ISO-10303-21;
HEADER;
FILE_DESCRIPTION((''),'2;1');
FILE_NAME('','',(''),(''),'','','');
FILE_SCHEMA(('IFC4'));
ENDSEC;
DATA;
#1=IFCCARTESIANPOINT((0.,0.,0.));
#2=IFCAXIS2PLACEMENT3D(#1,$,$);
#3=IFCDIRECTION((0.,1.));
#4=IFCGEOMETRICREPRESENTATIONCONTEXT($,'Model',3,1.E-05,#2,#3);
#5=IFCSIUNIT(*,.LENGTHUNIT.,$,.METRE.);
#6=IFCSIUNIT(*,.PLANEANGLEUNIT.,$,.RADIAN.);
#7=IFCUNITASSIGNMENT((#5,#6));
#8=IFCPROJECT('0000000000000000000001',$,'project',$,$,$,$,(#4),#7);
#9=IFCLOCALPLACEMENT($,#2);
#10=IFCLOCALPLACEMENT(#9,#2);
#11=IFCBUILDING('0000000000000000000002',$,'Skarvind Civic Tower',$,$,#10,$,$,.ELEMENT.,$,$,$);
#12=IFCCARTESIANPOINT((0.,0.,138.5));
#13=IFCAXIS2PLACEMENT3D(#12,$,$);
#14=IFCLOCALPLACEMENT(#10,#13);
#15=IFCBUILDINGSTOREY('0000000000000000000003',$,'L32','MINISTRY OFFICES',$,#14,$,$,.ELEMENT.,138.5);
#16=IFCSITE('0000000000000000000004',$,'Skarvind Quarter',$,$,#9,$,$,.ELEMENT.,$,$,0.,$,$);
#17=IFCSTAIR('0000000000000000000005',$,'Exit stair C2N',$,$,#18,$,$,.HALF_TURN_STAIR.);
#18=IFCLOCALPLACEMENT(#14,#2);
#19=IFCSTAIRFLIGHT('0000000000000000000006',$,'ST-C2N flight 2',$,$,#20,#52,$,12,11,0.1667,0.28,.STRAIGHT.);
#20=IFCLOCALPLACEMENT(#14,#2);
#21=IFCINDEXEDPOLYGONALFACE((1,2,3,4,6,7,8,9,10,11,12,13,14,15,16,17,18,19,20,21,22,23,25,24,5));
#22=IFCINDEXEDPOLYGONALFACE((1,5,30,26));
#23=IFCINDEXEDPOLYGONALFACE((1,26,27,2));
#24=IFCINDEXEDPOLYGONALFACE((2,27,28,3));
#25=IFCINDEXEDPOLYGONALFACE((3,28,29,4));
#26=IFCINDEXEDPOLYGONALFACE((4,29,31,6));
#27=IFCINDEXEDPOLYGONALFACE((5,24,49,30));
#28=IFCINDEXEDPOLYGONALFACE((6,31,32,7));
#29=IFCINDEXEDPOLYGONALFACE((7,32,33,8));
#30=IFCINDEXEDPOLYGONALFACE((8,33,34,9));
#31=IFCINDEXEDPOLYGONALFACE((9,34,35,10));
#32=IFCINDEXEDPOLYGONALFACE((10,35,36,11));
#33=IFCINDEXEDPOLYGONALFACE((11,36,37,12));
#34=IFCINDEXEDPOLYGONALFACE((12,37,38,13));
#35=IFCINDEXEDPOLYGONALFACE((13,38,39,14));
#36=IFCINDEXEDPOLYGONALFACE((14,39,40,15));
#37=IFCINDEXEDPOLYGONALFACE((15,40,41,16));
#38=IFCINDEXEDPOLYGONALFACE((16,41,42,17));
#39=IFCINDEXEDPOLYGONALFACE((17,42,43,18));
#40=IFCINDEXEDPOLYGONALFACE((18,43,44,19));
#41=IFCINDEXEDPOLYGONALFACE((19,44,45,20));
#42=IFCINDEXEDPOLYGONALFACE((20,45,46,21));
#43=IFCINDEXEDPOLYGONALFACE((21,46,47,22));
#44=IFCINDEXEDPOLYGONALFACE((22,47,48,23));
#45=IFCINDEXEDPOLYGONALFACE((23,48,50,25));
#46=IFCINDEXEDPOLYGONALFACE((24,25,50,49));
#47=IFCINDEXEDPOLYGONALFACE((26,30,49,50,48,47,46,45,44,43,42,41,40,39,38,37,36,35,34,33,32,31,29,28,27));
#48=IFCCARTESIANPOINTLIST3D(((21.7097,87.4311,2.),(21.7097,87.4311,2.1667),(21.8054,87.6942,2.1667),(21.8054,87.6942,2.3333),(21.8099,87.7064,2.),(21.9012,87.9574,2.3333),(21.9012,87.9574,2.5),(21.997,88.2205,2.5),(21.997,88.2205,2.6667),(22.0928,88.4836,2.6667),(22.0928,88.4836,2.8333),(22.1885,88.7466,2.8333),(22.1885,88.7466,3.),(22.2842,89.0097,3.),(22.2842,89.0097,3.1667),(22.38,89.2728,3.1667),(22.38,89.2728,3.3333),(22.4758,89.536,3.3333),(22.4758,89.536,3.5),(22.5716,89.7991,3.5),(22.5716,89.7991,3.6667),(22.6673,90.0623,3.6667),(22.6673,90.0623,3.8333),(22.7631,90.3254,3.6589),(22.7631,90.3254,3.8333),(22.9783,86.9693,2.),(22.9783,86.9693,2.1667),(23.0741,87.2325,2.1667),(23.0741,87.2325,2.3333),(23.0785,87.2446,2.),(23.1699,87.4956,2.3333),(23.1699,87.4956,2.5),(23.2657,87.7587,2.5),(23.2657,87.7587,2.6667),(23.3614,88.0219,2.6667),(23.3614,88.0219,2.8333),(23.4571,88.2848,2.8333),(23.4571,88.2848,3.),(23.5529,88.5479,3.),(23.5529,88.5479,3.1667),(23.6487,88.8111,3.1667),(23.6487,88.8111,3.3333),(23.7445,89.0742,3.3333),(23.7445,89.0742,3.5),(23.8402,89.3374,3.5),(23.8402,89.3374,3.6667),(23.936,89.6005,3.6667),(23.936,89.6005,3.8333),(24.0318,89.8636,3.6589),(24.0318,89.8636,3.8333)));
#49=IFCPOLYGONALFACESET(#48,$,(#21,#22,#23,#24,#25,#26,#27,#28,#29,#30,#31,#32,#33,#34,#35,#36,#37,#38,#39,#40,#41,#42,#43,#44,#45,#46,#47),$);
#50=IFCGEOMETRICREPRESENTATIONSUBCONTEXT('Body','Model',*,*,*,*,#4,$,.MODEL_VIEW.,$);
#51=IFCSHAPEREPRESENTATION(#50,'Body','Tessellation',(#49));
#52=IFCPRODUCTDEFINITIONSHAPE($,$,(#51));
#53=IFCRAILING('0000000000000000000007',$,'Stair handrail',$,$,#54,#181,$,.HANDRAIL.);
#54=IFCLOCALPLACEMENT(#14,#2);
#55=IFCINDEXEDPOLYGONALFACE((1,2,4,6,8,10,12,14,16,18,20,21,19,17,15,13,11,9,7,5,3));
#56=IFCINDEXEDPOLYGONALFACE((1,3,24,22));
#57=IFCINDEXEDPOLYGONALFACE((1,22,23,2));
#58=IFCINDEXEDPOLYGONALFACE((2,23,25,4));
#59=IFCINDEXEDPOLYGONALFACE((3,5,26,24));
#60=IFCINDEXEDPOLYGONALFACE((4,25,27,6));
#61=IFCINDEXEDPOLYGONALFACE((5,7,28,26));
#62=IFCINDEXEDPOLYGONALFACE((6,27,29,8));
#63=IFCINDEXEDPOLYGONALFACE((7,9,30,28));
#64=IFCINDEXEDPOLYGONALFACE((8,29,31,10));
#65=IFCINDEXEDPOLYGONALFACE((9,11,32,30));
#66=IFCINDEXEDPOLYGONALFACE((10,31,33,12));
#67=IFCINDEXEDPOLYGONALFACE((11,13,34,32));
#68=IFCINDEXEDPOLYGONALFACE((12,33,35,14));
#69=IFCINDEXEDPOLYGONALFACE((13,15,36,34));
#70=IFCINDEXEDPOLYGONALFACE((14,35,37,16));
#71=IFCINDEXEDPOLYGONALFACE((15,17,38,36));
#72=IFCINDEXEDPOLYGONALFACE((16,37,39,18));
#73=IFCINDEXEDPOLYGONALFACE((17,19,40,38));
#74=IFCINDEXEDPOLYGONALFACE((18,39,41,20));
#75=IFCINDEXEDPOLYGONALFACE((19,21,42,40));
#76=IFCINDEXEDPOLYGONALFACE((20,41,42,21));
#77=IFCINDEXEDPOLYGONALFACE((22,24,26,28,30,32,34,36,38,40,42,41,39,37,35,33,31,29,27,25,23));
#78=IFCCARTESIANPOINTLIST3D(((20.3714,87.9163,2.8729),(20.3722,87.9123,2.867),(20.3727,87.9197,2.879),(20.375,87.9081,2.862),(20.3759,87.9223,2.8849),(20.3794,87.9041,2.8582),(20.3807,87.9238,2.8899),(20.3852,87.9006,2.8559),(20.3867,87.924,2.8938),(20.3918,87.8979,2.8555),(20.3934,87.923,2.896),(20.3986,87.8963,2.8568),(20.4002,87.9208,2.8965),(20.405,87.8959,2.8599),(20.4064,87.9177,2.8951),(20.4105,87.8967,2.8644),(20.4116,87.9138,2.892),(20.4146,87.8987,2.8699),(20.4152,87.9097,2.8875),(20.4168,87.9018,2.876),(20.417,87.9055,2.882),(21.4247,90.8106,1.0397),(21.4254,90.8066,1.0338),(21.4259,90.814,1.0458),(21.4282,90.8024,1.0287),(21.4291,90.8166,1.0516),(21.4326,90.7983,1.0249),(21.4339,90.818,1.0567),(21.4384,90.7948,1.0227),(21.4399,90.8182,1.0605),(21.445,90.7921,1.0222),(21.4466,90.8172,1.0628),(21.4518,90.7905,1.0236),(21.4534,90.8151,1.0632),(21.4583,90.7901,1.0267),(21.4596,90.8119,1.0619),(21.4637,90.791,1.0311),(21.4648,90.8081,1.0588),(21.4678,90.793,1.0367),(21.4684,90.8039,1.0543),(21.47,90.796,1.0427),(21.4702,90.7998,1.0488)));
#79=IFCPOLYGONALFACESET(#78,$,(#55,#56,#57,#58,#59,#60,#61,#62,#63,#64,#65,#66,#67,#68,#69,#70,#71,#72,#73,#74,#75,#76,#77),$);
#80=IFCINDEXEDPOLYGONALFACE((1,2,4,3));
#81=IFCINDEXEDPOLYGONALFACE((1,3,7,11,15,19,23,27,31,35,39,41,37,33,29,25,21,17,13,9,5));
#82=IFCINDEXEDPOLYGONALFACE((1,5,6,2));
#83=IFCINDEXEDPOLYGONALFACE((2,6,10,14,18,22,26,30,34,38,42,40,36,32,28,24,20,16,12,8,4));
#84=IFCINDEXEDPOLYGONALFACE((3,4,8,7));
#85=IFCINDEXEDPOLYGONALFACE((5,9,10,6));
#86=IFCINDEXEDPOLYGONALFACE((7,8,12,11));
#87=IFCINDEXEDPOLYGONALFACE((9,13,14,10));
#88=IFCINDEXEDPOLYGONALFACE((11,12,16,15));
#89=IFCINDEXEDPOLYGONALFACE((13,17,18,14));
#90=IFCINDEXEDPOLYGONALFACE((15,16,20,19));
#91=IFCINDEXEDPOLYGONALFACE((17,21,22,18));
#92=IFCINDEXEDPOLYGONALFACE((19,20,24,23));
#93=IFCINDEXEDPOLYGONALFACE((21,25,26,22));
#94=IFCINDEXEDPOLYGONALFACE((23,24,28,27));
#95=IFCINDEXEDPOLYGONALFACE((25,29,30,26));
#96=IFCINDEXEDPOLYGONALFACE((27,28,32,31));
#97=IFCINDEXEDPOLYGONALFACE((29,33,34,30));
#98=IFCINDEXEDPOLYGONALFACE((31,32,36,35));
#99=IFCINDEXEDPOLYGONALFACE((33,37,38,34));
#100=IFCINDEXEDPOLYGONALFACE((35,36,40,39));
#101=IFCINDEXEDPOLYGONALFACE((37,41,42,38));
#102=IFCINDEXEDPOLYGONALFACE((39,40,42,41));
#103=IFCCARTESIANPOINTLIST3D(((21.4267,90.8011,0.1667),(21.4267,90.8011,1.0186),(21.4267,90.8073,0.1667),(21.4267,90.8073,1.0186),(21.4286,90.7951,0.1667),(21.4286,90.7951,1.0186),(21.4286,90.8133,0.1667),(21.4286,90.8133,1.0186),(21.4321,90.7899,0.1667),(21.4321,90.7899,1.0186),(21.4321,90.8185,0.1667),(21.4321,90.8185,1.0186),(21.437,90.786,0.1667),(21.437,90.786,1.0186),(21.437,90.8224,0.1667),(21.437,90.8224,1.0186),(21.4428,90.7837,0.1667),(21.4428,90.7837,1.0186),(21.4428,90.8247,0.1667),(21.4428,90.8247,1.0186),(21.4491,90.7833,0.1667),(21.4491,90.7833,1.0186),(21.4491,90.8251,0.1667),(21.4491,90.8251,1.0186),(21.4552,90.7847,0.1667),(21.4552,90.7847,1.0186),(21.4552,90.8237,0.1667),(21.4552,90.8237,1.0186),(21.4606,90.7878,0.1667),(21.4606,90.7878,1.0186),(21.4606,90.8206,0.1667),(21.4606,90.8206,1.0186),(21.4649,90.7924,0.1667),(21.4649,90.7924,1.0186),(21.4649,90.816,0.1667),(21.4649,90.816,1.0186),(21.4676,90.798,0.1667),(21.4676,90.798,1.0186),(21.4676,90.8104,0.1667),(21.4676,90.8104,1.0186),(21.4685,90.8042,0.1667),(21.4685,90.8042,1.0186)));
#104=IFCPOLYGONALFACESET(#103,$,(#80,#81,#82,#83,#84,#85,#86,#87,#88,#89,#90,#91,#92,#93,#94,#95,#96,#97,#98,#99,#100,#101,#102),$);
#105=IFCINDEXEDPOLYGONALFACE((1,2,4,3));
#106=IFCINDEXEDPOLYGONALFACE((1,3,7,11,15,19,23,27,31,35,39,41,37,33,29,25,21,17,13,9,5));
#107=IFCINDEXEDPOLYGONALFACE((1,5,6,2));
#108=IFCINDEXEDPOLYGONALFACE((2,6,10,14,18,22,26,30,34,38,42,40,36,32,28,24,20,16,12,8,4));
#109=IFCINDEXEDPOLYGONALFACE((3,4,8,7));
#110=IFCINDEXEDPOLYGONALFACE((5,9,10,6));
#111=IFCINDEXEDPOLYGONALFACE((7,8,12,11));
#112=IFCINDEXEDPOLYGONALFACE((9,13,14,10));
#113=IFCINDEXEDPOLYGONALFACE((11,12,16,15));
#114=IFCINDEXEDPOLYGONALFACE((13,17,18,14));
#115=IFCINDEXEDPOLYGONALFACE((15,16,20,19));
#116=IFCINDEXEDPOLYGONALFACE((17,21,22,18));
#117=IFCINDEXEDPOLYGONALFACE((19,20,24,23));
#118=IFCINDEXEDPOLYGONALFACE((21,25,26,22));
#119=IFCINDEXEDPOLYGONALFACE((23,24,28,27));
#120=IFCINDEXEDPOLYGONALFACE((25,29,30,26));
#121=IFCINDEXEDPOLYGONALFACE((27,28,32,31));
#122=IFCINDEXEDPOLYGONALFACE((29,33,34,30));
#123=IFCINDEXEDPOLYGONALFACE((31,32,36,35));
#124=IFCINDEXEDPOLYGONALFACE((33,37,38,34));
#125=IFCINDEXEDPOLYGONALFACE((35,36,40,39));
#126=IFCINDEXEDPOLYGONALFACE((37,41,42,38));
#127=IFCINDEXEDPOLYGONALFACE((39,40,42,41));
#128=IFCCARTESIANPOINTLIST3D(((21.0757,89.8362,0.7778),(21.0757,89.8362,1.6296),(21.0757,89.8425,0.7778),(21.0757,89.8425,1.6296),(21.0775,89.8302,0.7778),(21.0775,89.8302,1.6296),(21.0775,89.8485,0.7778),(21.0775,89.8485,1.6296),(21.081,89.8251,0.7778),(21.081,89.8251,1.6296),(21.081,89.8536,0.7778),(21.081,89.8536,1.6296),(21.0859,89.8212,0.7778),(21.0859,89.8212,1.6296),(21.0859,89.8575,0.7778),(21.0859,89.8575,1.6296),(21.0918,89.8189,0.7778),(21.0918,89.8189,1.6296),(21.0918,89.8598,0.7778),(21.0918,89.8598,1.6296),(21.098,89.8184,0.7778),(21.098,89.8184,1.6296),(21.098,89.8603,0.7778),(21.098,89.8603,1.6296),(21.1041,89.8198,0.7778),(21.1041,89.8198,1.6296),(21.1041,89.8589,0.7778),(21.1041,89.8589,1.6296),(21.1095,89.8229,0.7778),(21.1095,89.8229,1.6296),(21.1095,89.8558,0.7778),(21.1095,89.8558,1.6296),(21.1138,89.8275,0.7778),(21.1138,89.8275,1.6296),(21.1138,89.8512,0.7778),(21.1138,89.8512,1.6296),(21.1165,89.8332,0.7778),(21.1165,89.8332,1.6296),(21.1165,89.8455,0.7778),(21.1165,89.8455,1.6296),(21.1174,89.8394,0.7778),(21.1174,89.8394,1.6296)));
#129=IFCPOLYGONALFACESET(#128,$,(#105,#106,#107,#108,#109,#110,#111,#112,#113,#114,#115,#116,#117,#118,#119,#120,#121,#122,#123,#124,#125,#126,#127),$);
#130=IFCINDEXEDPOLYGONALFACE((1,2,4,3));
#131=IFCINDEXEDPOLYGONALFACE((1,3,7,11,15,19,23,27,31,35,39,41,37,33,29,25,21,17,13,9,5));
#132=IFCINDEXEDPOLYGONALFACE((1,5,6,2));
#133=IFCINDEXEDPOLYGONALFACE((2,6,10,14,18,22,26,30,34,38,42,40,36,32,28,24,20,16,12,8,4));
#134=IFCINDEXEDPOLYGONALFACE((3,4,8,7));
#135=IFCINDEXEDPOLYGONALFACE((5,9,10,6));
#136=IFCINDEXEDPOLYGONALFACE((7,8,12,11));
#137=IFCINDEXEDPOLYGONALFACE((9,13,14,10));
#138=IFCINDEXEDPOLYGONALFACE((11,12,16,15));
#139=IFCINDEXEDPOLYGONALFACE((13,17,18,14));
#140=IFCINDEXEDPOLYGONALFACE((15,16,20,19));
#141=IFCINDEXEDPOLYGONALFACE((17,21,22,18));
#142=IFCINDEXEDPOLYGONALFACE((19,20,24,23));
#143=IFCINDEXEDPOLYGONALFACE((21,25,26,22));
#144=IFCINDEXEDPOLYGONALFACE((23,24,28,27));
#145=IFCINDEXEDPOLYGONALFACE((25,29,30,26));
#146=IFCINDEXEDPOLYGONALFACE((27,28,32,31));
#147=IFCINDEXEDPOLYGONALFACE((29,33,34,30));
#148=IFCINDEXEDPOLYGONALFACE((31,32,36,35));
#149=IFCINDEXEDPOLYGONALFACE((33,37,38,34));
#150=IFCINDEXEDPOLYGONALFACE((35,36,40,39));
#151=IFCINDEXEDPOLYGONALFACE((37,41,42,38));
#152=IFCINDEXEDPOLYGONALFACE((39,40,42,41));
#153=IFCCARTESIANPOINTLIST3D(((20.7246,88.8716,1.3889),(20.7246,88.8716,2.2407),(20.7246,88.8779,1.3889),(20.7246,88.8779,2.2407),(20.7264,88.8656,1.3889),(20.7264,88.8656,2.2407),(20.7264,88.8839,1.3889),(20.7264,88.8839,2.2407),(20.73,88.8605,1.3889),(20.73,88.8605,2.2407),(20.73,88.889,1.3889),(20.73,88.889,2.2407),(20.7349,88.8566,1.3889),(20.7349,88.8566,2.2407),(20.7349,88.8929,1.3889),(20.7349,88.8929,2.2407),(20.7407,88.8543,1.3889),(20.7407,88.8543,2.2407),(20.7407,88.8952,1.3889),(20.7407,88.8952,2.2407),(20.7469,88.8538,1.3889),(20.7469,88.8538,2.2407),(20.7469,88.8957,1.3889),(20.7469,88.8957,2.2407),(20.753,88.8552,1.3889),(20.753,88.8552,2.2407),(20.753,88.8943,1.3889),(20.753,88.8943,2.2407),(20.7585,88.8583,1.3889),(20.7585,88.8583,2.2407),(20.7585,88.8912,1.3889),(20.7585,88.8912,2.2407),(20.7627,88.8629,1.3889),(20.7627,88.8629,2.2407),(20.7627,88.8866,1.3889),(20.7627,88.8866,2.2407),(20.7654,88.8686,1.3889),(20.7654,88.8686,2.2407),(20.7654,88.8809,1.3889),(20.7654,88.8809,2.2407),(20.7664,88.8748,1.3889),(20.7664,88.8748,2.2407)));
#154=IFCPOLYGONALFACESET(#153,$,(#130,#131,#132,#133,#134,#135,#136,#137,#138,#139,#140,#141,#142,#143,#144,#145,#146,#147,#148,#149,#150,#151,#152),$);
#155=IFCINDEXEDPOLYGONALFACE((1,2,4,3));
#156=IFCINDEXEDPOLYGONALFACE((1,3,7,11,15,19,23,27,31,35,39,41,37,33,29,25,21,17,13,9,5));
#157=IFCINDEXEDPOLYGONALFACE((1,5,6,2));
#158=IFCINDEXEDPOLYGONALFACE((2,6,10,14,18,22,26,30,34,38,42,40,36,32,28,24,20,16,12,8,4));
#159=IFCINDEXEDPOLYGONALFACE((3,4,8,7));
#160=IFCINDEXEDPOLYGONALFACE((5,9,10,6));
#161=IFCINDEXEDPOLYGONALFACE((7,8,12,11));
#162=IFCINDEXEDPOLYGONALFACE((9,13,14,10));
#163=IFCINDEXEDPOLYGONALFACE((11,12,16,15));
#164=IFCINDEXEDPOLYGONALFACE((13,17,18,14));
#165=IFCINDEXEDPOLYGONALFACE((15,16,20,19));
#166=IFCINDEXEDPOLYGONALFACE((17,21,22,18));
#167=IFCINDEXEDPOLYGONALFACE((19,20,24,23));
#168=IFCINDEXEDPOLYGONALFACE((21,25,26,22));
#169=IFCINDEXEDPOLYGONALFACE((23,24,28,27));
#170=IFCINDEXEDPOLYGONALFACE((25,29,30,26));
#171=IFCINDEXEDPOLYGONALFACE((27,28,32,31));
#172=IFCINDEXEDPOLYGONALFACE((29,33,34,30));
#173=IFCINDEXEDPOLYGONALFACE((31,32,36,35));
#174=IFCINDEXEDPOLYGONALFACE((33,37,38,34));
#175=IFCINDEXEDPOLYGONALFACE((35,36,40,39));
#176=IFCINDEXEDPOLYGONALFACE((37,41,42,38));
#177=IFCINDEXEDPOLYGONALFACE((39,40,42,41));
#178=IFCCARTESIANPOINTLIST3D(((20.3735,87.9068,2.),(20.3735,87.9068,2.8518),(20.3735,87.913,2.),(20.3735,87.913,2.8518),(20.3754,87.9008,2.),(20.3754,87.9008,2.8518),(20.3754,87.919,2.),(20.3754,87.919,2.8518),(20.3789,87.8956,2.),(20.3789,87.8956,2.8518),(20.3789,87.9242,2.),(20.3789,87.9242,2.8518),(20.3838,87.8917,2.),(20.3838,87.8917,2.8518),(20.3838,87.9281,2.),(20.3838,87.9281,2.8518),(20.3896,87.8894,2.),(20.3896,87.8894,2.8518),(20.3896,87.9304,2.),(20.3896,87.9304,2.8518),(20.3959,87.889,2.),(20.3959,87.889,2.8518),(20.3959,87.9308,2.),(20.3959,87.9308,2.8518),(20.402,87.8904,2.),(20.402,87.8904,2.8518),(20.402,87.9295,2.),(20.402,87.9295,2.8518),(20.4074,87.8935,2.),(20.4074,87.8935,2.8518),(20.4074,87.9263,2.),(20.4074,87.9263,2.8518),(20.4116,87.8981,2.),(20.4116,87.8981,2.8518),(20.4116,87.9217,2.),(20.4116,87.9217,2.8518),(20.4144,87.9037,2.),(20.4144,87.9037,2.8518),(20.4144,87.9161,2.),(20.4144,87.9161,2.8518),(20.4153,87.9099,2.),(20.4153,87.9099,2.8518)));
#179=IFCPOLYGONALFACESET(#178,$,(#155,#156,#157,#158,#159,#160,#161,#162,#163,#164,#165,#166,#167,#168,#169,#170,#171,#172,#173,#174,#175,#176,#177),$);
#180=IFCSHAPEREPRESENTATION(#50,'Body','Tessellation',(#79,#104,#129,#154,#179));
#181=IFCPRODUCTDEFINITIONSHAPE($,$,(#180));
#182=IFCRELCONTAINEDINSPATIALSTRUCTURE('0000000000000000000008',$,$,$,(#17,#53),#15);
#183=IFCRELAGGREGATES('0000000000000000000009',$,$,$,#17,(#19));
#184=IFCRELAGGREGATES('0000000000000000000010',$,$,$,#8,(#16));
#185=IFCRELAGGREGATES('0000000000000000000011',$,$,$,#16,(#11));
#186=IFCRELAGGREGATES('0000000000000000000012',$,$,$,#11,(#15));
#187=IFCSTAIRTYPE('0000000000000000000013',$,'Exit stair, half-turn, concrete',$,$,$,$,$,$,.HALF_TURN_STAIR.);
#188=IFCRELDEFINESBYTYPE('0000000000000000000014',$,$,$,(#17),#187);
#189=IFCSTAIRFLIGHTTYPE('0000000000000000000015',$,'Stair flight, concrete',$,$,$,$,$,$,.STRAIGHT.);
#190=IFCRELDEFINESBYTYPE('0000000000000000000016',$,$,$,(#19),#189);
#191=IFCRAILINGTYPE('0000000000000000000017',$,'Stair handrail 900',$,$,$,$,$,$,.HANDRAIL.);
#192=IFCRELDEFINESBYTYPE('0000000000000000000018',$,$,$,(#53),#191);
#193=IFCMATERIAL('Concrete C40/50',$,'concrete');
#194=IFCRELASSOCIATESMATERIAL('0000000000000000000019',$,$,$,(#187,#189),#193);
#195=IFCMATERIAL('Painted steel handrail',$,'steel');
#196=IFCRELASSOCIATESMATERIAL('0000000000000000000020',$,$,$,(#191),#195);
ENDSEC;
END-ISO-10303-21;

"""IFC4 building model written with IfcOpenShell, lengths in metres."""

from ifc_helpers import new_model, si_unit, direction, frame, origin, origin_2d, place, context, subcontext, project, spatial, polyline, circle, outline, extrude, material, type_object, element, aggregate, save


model = new_model("IFC4")

# Units and contexts
model_context = context("Model", 3, precision=1e-05, world=origin(), true_north=direction((0.0, 1.0)))
body_context = subcontext(model_context, "Body", "Model", "MODEL_VIEW")
ifc_project = project(units=[si_unit("LENGTHUNIT", "METRE"), si_unit("PLANEANGLEUNIT", "RADIAN")], contexts=[model_context])

# Site, building, storey
site_placement = place(None, origin())
site = spatial("IfcSite", under=ifc_project, at=site_placement, Name="Skarvind Quarter", CompositionType="ELEMENT", RefElevation=0.0)
building_placement = place(site_placement, origin())
building = spatial("IfcBuilding", under=site, at=building_placement, Name="Skarvind Civic Tower", CompositionType="ELEMENT")
storey_placement = place(building_placement, frame((0.0, 0.0, 138.5)))
storey = spatial("IfcBuildingStorey", under=building, at=storey_placement, Name="L32", Description="MINISTRY OFFICES", CompositionType="ELEMENT", Elevation=138.5)

# Stair, stair flight
ifc_material_1 = material(Name="Concrete C40/50", Category="concrete")
stair_type = type_object("IfcStairType", Name="Exit stair, half-turn, concrete", PredefinedType="HALF_TURN_STAIR", material=ifc_material_1)
stair_placement = place(storey_placement, origin())
stair = element("IfcStair", 1, at=stair_placement, inside=storey, type_object=stair_type, Name="Exit stair C2N", PredefinedType="HALF_TURN_STAIR")
stair_flight_type = type_object("IfcStairFlightType", Name="Stair flight, concrete", PredefinedType="STRAIGHT", material=ifc_material_1)
stair_flight_1_placement = place(storey_placement, frame((22.344, 87.2002, 2.0), z_axis=(0.0, 0.0, 1.0), x_axis=(0.34202, 0.939693, 0.0)))
stair_flight_1 = element("IfcStairFlight", 2, at=stair_flight_1_placement, type_object=stair_flight_type, Name="ST-C2N flight 2", NumberOfRisers=12, NumberOfTreads=11, PredefinedType="STRAIGHT", RiserHeight=0.1667, TreadLength=0.28, context=body_context, shape_type="SweptSolid", body=[
    extrude(outline(polyline([(0.0, 0.0), (0.0, 0.1667), (0.28, 0.1667), (0.28, 0.3333), (0.5601, 0.3333), (0.5601, 0.5), (0.8401, 0.5), (0.8401, 0.6667), (1.1201, 0.6667), (1.1201, 0.8333), (1.3999, 0.8333), (1.3999, 1.0), (1.6799, 1.0), (1.6799, 1.1667), (1.96, 1.1667), (1.96, 1.3333), (2.24, 1.3333), (2.24, 1.5), (2.52, 1.5), (2.52, 1.6667), (2.8, 1.6667), (2.8, 1.8333), (3.0801, 1.8333), (3.0801, 2.0), (3.0801, 1.6589), (0.293, 0.0), (0.0, 0.0)])), frame((0.0, 0.675, 0.0), z_axis=(0.0, -1.0, 0.0), x_axis=(1.0, 0.0, 0.0)), (0.0, 0.0, 1.0), 1.3501),
])
aggregate(stair, [stair_flight_1])

# Railing
ifc_material_2 = material(Name="Painted steel handrail", Category="steel")
railing_type = type_object("IfcRailingType", Name="Stair handrail 900", PredefinedType="HANDRAIL", material=ifc_material_2)
railing_1_placement = place(storey_placement, frame((21.4475, 90.8042, 0.1667)))
element("IfcRailing", 3, at=railing_1_placement, inside=storey, type_object=railing_type, Name="Stair handrail", PredefinedType="HANDRAIL", context=body_context, shape_type="SweptSolid", body=[
    extrude(circle(Radius=0.0239, at=origin_2d()), frame((0.0, 0.0, 0.876), z_axis=(-0.293846, -0.807497, 0.511472), x_axis=(0.939715, -0.341959, 0.0)), (0.0, 0.0, 1.0), 3.5842),
    extrude(circle(Radius=0.021, at=origin_2d()), origin(), (0.0, 0.0, 1.0), 0.8518),
    extrude(circle(Radius=0.021, at=origin_2d()), frame((-0.3511, -0.9648, 0.6111)), (0.0, 0.0, 1.0), 0.8518),
    extrude(circle(Radius=0.021, at=origin_2d()), frame((-0.7021, -1.9294, 1.2222)), (0.0, 0.0, 1.0), 0.8518),
    extrude(circle(Radius=0.021, at=origin_2d()), frame((-1.0532, -2.8943, 1.8333)), (0.0, 0.0, 1.0), 0.8518),
])

save(model, "model.ifc")
